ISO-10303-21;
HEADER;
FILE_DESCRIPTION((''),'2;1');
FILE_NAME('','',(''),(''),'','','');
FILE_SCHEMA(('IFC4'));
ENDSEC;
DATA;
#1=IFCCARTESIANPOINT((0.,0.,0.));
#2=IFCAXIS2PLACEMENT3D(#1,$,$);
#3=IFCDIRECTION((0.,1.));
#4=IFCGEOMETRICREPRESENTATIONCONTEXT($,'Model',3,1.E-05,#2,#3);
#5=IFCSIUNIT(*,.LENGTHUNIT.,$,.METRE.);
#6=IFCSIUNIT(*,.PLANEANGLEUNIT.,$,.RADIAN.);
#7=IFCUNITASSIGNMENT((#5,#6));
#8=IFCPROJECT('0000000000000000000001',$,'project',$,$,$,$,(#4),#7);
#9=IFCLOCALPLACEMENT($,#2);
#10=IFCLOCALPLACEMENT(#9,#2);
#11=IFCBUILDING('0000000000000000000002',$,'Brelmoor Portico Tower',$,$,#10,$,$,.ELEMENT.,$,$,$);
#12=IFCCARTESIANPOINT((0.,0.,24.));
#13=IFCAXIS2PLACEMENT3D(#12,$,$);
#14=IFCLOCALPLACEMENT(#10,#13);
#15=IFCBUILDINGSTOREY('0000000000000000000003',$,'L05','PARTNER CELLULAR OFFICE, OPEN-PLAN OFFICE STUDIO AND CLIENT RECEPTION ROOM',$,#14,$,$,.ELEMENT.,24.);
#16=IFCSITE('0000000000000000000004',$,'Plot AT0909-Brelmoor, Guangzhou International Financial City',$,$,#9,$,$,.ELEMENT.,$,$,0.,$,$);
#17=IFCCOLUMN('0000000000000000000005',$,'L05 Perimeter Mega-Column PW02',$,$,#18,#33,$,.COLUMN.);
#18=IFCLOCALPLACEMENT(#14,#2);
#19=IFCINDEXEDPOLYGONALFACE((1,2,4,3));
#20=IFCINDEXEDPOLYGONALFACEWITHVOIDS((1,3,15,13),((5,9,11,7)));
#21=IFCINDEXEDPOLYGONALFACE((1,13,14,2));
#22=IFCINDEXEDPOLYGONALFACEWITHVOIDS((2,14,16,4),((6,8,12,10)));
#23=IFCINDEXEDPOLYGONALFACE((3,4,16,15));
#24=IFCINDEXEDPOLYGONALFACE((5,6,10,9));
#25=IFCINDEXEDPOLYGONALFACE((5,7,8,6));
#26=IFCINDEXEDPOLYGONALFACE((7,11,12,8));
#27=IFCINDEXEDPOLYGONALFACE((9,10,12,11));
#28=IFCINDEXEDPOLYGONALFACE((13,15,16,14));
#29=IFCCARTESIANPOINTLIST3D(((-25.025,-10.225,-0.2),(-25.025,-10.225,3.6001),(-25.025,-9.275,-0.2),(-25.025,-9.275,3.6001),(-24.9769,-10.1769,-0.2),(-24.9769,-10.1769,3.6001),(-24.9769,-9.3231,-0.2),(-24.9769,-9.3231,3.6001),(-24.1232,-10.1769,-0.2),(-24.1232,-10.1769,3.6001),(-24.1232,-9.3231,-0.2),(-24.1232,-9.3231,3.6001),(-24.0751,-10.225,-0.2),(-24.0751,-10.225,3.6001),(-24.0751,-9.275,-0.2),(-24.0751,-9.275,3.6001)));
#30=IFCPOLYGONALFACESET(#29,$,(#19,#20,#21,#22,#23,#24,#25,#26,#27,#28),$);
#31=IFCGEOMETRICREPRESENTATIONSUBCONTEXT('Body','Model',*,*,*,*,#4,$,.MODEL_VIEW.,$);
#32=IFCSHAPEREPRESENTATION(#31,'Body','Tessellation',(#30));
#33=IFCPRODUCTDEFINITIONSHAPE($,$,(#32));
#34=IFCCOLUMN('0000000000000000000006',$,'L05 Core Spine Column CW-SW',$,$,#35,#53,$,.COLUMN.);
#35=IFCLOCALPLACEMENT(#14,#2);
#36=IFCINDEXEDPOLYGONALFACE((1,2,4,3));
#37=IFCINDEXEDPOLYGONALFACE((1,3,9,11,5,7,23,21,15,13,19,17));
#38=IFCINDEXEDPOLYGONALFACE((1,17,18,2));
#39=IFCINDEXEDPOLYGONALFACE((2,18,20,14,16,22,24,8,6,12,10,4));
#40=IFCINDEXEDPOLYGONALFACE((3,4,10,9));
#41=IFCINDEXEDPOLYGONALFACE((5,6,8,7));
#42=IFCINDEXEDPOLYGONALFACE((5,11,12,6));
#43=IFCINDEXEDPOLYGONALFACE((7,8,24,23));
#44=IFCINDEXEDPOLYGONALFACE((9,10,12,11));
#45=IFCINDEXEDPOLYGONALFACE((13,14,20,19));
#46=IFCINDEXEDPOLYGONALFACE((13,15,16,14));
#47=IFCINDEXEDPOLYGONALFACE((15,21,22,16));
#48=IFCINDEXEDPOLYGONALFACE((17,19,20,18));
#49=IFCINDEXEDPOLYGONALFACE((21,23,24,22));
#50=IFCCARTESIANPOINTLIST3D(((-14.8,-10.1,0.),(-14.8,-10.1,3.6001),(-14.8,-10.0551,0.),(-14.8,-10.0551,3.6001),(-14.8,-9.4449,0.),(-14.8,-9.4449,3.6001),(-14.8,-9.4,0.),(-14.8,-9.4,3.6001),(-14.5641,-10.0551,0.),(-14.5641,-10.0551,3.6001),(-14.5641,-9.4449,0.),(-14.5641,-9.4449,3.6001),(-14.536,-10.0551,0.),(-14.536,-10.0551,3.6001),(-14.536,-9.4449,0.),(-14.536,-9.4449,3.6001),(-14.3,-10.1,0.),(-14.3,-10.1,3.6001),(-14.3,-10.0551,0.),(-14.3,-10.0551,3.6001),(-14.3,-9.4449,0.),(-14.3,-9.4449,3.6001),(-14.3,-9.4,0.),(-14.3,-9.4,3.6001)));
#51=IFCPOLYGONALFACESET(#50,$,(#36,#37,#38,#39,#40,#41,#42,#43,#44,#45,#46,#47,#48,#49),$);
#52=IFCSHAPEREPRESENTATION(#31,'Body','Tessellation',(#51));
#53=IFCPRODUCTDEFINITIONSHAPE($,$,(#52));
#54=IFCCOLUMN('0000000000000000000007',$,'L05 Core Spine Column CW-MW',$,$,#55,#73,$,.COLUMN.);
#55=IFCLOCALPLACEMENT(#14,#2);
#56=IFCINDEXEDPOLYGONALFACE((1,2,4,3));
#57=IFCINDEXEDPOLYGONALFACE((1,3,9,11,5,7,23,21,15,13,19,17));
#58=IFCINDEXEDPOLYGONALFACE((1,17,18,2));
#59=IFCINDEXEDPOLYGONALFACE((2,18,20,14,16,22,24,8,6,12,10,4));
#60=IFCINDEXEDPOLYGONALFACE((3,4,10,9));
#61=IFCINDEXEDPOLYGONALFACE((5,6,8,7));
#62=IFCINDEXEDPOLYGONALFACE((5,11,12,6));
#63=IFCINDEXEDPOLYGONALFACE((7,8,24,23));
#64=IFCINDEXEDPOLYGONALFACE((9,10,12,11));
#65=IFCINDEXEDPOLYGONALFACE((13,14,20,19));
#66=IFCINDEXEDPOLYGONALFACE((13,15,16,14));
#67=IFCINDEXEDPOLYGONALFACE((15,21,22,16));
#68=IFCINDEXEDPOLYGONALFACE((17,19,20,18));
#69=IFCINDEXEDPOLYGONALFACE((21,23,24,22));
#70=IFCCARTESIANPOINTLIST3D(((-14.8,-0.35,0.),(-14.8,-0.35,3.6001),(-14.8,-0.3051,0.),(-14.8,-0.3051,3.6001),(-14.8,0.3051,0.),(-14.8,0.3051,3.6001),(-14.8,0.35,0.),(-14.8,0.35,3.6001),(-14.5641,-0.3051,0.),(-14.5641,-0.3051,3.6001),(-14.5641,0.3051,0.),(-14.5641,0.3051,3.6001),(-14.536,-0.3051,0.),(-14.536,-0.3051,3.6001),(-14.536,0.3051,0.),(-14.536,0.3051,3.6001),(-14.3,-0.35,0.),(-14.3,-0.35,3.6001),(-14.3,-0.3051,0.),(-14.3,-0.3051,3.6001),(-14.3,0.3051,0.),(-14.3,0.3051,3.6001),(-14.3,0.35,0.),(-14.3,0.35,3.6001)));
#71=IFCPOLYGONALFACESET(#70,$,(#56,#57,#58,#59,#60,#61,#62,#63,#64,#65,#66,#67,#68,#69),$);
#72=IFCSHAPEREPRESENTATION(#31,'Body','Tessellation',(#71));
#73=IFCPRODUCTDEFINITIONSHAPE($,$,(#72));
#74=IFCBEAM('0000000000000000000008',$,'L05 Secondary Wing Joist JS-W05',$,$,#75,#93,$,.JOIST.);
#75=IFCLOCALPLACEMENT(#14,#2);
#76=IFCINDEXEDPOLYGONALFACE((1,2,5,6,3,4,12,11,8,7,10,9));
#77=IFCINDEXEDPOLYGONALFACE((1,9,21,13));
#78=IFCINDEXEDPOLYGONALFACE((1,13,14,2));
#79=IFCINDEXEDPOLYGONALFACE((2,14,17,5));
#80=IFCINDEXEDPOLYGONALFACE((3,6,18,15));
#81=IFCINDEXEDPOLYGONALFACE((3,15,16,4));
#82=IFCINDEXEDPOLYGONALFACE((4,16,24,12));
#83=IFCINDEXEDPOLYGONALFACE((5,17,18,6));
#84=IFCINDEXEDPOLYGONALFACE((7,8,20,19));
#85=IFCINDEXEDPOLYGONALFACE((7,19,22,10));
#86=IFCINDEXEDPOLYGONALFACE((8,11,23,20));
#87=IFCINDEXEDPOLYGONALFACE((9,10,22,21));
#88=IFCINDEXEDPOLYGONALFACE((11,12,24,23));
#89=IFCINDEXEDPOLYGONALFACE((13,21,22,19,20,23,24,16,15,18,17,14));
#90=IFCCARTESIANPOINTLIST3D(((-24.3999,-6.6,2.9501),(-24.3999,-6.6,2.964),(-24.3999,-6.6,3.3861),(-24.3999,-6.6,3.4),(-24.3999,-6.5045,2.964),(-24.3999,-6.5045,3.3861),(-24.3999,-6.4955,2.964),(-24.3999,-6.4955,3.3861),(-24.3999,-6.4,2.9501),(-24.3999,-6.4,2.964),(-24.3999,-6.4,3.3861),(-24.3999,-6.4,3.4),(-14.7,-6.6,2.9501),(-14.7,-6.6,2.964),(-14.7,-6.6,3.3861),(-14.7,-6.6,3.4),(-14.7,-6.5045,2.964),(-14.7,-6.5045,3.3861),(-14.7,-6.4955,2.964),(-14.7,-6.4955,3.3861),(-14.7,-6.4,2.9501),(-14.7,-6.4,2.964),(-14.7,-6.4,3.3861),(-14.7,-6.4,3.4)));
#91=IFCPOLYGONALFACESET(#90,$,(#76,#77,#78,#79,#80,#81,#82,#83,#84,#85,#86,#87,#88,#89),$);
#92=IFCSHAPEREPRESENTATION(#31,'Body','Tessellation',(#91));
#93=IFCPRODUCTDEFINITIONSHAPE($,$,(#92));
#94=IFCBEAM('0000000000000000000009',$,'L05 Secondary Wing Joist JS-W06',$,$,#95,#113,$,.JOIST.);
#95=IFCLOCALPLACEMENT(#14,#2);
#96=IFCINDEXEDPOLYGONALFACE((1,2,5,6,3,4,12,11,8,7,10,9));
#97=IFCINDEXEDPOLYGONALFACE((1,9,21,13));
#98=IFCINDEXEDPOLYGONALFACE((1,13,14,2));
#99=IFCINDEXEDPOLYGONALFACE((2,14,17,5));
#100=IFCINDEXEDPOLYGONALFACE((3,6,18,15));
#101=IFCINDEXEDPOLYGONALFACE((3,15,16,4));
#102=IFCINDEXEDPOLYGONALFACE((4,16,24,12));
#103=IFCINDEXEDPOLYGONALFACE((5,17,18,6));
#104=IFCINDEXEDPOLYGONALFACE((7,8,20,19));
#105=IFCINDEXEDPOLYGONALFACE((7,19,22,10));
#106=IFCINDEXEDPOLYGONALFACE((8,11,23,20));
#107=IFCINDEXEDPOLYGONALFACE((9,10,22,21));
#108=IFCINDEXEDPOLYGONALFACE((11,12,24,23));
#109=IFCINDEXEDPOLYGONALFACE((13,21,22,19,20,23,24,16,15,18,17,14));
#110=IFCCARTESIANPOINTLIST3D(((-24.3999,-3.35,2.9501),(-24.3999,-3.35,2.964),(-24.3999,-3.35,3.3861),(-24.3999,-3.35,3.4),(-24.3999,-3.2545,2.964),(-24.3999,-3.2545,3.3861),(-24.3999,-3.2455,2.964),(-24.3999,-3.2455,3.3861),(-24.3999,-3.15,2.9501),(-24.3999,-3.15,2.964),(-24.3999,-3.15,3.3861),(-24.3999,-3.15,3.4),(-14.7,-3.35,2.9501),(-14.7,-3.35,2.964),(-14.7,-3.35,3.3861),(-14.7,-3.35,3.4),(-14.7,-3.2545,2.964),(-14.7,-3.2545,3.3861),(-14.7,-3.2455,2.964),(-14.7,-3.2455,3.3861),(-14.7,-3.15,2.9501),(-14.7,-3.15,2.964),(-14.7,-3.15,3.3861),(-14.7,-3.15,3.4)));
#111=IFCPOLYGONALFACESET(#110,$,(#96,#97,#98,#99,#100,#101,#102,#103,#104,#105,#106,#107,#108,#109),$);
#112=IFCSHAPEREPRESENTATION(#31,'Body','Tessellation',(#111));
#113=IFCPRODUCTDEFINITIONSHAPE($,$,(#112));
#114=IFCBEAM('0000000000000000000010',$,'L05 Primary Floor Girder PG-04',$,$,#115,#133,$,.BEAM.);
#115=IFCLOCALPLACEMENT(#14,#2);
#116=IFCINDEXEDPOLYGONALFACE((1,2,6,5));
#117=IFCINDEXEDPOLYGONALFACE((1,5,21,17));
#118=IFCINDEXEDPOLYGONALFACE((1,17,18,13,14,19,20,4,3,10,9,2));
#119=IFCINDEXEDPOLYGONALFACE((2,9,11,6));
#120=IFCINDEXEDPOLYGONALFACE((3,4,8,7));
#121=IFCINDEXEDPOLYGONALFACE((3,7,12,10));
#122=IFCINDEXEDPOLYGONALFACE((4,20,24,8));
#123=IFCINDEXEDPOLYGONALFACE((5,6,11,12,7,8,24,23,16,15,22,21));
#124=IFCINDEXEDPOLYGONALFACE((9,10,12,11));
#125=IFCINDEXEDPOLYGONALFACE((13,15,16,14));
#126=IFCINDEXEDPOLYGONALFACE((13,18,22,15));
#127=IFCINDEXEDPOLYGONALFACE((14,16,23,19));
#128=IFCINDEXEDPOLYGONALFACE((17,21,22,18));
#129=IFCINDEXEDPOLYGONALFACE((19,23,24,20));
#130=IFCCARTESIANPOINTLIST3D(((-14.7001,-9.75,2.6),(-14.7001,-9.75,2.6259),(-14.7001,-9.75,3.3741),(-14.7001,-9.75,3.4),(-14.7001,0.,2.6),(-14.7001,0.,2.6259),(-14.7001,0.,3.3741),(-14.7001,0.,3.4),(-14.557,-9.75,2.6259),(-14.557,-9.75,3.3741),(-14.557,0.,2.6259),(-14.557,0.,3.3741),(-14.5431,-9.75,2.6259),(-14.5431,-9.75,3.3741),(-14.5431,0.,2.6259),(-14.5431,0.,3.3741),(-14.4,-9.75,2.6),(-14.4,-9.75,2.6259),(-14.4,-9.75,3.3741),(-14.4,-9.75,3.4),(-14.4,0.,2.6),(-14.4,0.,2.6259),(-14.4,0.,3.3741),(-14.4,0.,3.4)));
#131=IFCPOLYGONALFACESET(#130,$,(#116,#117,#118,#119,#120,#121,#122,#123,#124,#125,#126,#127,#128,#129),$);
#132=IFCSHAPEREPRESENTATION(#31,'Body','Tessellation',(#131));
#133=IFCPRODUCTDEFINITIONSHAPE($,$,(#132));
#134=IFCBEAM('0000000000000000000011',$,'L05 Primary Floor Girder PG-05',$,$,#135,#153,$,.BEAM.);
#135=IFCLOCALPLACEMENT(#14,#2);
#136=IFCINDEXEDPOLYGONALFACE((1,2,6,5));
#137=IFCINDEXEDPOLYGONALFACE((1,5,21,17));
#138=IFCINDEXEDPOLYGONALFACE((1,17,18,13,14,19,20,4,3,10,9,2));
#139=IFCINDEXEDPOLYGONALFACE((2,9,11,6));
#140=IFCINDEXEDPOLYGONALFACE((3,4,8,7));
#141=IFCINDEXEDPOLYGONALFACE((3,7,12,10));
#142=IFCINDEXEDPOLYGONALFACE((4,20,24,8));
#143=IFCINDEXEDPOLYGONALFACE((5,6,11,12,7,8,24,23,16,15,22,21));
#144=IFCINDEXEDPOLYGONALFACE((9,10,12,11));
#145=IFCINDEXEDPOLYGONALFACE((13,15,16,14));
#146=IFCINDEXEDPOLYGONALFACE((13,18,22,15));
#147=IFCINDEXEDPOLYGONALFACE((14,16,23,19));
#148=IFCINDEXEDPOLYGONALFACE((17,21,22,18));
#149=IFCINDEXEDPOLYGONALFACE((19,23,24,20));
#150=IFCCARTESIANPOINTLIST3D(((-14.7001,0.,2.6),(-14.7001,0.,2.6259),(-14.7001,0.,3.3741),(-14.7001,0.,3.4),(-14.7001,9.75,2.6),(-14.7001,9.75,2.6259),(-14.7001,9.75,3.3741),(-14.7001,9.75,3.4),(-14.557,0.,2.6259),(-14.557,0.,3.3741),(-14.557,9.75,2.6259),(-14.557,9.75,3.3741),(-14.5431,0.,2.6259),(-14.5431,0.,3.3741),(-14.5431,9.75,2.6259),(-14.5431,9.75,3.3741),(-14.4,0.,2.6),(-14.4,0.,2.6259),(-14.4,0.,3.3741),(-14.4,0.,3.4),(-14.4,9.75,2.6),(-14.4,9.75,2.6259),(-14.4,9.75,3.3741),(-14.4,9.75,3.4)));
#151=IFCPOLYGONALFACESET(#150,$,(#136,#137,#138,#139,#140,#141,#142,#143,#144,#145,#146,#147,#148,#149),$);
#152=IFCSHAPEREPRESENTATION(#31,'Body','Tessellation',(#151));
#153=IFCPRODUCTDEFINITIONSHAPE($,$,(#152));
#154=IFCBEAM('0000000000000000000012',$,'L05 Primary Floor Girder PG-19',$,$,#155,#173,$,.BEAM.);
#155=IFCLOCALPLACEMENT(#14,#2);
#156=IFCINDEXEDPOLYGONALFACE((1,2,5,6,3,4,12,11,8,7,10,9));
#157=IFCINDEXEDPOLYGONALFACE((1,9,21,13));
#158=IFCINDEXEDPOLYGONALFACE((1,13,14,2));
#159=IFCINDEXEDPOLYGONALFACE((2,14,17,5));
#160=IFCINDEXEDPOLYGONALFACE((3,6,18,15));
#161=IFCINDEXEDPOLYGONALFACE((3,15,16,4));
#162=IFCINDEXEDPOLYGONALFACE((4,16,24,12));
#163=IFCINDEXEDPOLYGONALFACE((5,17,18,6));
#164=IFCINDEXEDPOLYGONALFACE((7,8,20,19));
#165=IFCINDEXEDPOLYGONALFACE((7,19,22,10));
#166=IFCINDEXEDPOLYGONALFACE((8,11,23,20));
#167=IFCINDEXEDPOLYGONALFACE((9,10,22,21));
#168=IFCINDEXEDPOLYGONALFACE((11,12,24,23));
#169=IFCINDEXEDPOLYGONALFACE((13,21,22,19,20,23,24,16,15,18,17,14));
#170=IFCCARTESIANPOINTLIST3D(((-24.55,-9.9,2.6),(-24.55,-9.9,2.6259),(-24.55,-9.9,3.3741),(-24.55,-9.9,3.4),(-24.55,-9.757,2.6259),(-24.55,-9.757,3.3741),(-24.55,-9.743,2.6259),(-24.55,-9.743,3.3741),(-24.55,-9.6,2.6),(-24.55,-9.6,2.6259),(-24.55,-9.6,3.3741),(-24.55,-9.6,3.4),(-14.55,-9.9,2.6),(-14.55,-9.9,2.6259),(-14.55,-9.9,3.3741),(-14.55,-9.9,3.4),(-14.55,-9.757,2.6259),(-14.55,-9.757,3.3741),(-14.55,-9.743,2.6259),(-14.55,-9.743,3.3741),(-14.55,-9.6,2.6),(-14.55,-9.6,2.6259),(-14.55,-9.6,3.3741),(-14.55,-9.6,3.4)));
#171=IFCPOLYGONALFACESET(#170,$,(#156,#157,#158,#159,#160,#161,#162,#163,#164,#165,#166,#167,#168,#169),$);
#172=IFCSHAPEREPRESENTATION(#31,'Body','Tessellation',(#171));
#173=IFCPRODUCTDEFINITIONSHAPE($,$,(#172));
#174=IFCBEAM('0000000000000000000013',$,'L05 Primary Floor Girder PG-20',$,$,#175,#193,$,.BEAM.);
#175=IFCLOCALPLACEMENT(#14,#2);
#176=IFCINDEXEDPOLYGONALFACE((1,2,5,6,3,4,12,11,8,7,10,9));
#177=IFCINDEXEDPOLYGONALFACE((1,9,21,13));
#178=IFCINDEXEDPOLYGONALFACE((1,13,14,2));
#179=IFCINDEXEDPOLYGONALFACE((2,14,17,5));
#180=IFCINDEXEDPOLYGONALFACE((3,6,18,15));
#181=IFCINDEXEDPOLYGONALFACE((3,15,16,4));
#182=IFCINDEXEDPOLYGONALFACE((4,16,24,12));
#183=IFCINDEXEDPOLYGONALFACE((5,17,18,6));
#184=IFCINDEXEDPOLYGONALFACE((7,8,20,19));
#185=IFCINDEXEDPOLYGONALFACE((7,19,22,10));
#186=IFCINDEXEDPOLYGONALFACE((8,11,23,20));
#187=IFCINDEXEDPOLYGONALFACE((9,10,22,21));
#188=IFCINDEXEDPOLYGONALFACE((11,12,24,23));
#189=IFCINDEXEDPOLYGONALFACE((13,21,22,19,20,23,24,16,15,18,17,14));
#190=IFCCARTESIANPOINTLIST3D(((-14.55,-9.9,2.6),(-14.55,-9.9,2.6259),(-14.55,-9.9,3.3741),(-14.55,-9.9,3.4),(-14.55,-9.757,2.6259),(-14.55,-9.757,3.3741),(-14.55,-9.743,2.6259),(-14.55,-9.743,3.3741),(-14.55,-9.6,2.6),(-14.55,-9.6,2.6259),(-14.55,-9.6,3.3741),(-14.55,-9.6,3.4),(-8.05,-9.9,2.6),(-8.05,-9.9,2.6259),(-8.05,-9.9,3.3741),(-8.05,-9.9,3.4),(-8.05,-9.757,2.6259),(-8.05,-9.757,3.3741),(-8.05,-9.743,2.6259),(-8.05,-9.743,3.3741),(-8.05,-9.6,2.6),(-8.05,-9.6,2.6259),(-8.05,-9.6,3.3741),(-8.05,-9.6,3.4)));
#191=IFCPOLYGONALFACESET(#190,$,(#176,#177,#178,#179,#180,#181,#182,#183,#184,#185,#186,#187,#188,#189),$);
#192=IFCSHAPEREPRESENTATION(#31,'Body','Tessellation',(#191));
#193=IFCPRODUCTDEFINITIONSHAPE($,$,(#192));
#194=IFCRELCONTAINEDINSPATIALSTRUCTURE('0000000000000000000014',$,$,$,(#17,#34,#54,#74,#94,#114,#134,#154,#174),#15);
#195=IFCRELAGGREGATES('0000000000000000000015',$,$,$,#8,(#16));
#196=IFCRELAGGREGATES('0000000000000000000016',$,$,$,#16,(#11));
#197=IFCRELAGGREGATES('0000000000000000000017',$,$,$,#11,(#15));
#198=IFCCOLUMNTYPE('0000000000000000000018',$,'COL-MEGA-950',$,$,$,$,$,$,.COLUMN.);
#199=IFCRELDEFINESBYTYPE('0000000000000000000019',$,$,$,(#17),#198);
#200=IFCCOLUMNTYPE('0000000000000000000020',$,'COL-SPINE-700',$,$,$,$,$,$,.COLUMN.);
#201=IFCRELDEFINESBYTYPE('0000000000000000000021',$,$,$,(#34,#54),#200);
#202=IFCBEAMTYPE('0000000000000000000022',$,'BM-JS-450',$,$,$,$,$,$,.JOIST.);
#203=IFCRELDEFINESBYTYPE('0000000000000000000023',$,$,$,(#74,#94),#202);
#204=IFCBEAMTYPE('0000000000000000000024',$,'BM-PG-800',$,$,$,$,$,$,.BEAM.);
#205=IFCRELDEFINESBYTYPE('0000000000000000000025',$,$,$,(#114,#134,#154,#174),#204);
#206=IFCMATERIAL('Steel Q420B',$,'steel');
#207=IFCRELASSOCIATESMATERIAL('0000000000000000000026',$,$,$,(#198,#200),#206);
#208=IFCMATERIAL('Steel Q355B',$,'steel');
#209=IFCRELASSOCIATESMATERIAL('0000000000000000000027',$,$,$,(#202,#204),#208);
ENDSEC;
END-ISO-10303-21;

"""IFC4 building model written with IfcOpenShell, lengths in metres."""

from ifc_helpers import new_model, si_unit, direction, frame, origin, origin_2d, place, context, subcontext, project, spatial, hollow_rectangle, i_section, extrude, material, material_profile, profile_set, type_object, element, save


model = new_model("IFC4")

# Units and contexts
model_context = context("Model", 3, precision=1e-05, world=origin(), true_north=direction((0.0, 1.0)))
body_context = subcontext(model_context, "Body", "Model", "MODEL_VIEW")
ifc_project = project(units=[si_unit("LENGTHUNIT", "METRE"), si_unit("PLANEANGLEUNIT", "RADIAN")], contexts=[model_context])

# Site, building, storey
site_placement = place(None, origin())
site = spatial("IfcSite", under=ifc_project, at=site_placement, Name="Plot AT0909-Brelmoor, Guangzhou International Financial City", CompositionType="ELEMENT", RefElevation=0.0)
building_placement = place(site_placement, origin())
building = spatial("IfcBuilding", under=site, at=building_placement, Name="Brelmoor Portico Tower", CompositionType="ELEMENT")
storey_placement = place(building_placement, frame((0.0, 0.0, 24.0)))
storey = spatial("IfcBuildingStorey", under=building, at=storey_placement, Name="L05", Description="PARTNER CELLULAR OFFICE, OPEN-PLAN OFFICE STUDIO AND CLIENT RECEPTION ROOM", CompositionType="ELEMENT", Elevation=24.0)

# Columns
ifc_material_1 = material(Name="Steel Q420B", Category="steel")
ifc_material_profile_1 = material_profile(ifc_material_1, hollow_rectangle(XDim=0.95, YDim=0.95, WallThickness=0.0481, at=origin_2d()), Name="BOX 950x950x48")
ifc_profile_set_1 = profile_set([ifc_material_profile_1], Name="Steel Q420B")
column_type_1 = type_object("IfcColumnType", Name="COL-MEGA-950", PredefinedType="COLUMN", material=ifc_profile_set_1)
column_placement = place(storey_placement, frame((-24.55, -9.75, -0.2), z_axis=(0.0, 0.0, 1.0), x_axis=(0.0, 1.0, 0.0)))
element("IfcColumn", 1, at=column_placement, inside=storey, type_object=column_type_1, Name="L05 Perimeter Mega-Column PW02", PredefinedType="COLUMN", context=body_context, shape_type="SweptSolid", body=[
    extrude(hollow_rectangle(XDim=0.95, YDim=0.95, WallThickness=0.0481, at=origin_2d()), origin(), (0.0, 0.0, 1.0), 3.8),
])
ifc_material_profile_2 = material_profile(ifc_material_1, i_section(OverallWidth=0.5, OverallDepth=0.7, WebThickness=0.0281, FlangeThickness=0.0449, at=origin_2d()), Name="HW 700x500x28x45")
ifc_profile_set_2 = profile_set([ifc_material_profile_2], Name="Steel Q420B")
column_type_2 = type_object("IfcColumnType", Name="COL-SPINE-700", PredefinedType="COLUMN", material=ifc_profile_set_2)
for number, where, z_axis, x_axis, name in (
    (2, (-14.55, -9.75, 0.0), (0.0, 0.0, 1.0), (1.0, 0.0, 0.0), "L05 Core Spine Column CW-SW"),
    (3, (-14.55, 0.0, 0.0), (0.0, 0.0, 1.0), (1.0, 0.0, 0.0), "L05 Core Spine Column CW-MW"),
):
    element("IfcColumn", number, at=place(storey_placement, frame(where, z_axis=z_axis, x_axis=x_axis)), inside=storey, type_object=column_type_2, Name=name, PredefinedType="COLUMN", context=body_context, shape_type="SweptSolid", body=[
        extrude(i_section(OverallWidth=0.5, OverallDepth=0.7, WebThickness=0.0281, FlangeThickness=0.0449, at=origin_2d()), origin(), (0.0, 0.0, 1.0), 3.6001),
    ])

# Beams
ifc_material_2 = material(Name="Steel Q355B", Category="steel")
ifc_material_profile_3 = material_profile(ifc_material_2, i_section(OverallWidth=0.2, OverallDepth=0.45, WebThickness=0.009, FlangeThickness=0.0139, at=origin_2d()), Name="HN 450x200x9x14")
ifc_profile_set_3 = profile_set([ifc_material_profile_3], Name="Steel Q355B")
beam_type_1 = type_object("IfcBeamType", Name="BM-JS-450", PredefinedType="JOIST", material=ifc_profile_set_3)
for number, where, z_axis, x_axis, name in (
    (4, (-24.3999, -6.5, 3.175), (1.0, 0.0, 0.0), (0.0, 1.0, 0.0), "L05 Secondary Wing Joist JS-W05"),
    (5, (-24.3999, -3.25, 3.175), (1.0, 0.0, 0.0), (0.0, 1.0, 0.0), "L05 Secondary Wing Joist JS-W06"),
):
    element("IfcBeam", number, at=place(storey_placement, frame(where, z_axis=z_axis, x_axis=x_axis)), inside=storey, type_object=beam_type_1, Name=name, PredefinedType="JOIST", context=body_context, shape_type="SweptSolid", body=[
        extrude(i_section(OverallWidth=0.2, OverallDepth=0.45, WebThickness=0.009, FlangeThickness=0.0139, at=origin_2d()), origin(), (0.0, 0.0, 1.0), 9.7),
    ])
ifc_material_profile_4 = material_profile(ifc_material_2, i_section(OverallWidth=0.3, OverallDepth=0.8, WebThickness=0.0139, FlangeThickness=0.0259, at=origin_2d()), Name="HN 800x300x14x26")
ifc_profile_set_4 = profile_set([ifc_material_profile_4], Name="Steel Q355B")
beam_type_2 = type_object("IfcBeamType", Name="BM-PG-800", PredefinedType="BEAM", material=ifc_profile_set_4)
for number, where, z_axis, x_axis, name in (
    (6, (-14.55, -9.75, 3.0), (0.0, 1.0, 0.0), (-1.0, 0.0, 0.0), "L05 Primary Floor Girder PG-04"),
    (7, (-14.55, 0.0, 3.0), (0.0, 1.0, 0.0), (-1.0, 0.0, 0.0), "L05 Primary Floor Girder PG-05"),
):
    element("IfcBeam", number, at=place(storey_placement, frame(where, z_axis=z_axis, x_axis=x_axis)), inside=storey, type_object=beam_type_2, Name=name, PredefinedType="BEAM", context=body_context, shape_type="SweptSolid", body=[
        extrude(i_section(OverallWidth=0.3, OverallDepth=0.8, WebThickness=0.0139, FlangeThickness=0.0259, at=origin_2d()), origin(), (0.0, 0.0, 1.0), 9.75),
    ])
beam_1_placement = place(storey_placement, frame((-24.55, -9.75, 3.0), z_axis=(1.0, 0.0, 0.0), x_axis=(0.0, 1.0, 0.0)))
element("IfcBeam", 8, at=beam_1_placement, inside=storey, type_object=beam_type_2, Name="L05 Primary Floor Girder PG-19", PredefinedType="BEAM", context=body_context, shape_type="SweptSolid", body=[
    extrude(i_section(OverallWidth=0.3, OverallDepth=0.8, WebThickness=0.0139, FlangeThickness=0.0259, at=origin_2d()), origin(), (0.0, 0.0, 1.0), 10.0),
])
beam_2_placement = place(storey_placement, frame((-14.55, -9.75, 3.0), z_axis=(1.0, 0.0, 0.0), x_axis=(0.0, 1.0, 0.0)))
element("IfcBeam", 9, at=beam_2_placement, inside=storey, type_object=beam_type_2, Name="L05 Primary Floor Girder PG-20", PredefinedType="BEAM", context=body_context, shape_type="SweptSolid", body=[
    extrude(i_section(OverallWidth=0.3, OverallDepth=0.8, WebThickness=0.0139, FlangeThickness=0.0259, at=origin_2d()), origin(), (0.0, 0.0, 1.0), 6.5),
])

save(model, "model.ifc")
